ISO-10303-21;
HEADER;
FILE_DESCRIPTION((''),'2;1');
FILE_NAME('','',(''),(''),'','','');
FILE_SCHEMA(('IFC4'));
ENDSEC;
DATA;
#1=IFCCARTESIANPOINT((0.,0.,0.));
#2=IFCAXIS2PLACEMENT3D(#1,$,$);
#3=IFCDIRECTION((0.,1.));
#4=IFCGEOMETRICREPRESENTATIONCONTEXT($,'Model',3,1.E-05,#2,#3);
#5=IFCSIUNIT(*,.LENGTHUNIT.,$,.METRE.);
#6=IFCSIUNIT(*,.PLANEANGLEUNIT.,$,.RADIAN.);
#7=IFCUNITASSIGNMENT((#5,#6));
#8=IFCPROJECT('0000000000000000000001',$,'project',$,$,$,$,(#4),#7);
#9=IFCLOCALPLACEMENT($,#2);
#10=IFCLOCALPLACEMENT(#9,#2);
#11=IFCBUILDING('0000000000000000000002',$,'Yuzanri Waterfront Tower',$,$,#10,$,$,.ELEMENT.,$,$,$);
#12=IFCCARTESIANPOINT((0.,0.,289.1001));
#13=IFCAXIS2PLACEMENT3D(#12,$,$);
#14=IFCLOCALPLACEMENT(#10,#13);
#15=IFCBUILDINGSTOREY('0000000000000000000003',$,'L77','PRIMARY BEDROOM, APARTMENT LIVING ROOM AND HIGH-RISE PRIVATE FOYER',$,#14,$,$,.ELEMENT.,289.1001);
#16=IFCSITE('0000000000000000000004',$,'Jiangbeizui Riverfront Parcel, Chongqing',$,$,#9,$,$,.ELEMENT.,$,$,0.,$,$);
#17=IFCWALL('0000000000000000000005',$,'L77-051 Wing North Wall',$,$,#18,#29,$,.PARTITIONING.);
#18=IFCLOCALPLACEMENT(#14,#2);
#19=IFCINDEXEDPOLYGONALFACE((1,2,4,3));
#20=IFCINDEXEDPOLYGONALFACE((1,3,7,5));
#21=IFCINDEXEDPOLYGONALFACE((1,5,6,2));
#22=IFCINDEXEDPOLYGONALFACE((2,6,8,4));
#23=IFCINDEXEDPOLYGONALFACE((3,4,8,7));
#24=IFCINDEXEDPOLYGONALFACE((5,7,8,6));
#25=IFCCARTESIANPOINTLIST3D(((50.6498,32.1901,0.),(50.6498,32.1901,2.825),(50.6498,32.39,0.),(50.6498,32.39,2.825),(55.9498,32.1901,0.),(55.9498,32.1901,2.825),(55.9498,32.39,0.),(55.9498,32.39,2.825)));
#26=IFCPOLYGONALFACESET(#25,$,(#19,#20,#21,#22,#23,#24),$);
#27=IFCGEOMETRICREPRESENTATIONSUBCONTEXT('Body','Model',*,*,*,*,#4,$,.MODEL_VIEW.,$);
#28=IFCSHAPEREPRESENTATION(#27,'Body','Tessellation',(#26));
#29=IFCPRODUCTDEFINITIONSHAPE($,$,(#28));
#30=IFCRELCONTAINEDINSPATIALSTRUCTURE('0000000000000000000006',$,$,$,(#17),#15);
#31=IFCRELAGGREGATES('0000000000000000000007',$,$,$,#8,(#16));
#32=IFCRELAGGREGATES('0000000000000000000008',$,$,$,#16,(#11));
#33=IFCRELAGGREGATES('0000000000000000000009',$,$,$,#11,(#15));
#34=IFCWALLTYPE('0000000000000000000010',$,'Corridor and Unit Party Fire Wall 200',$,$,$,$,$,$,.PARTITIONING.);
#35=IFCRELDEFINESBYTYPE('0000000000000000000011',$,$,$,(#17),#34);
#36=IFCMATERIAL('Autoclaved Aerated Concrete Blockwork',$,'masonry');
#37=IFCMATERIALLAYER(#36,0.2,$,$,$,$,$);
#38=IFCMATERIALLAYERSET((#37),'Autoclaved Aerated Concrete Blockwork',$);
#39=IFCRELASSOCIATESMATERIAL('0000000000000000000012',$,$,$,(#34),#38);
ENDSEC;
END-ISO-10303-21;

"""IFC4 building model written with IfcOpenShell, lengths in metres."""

from ifc_helpers import new_model, si_unit, direction, frame, frame_2d, origin, place, context, subcontext, project, spatial, rectangle, extrude, source, transform, mapped, material, layer, layer_set, type_object, element, save


model = new_model("IFC4")

# Units and contexts
model_context = context("Model", 3, precision=1e-05, world=origin(), true_north=direction((0.0, 1.0)))
body_context = subcontext(model_context, "Body", "Model", "MODEL_VIEW")
ifc_project = project(units=[si_unit("LENGTHUNIT", "METRE"), si_unit("PLANEANGLEUNIT", "RADIAN")], contexts=[model_context])

# Site, building, storey
site_placement = place(None, origin())
site = spatial("IfcSite", under=ifc_project, at=site_placement, Name="Jiangbeizui Riverfront Parcel, Chongqing", CompositionType="ELEMENT", RefElevation=0.0)
building_placement = place(site_placement, origin())
building = spatial("IfcBuilding", under=site, at=building_placement, Name="Yuzanri Waterfront Tower", CompositionType="ELEMENT")
storey_placement = place(building_placement, frame((0.0, 0.0, 289.1001)))
storey = spatial("IfcBuildingStorey", under=building, at=storey_placement, Name="L77", Description="PRIMARY BEDROOM, APARTMENT LIVING ROOM AND HIGH-RISE PRIVATE FOYER", CompositionType="ELEMENT", Elevation=289.1001)

# Wall
ifc_material_1 = material(Name="Autoclaved Aerated Concrete Blockwork", Category="masonry")
ifc_layer_1 = layer(ifc_material_1, 0.2)
ifc_layer_set_1 = layer_set([ifc_layer_1], Name="Autoclaved Aerated Concrete Blockwork")
wall_type = type_object("IfcWallType", Name="Corridor and Unit Party Fire Wall 200", PredefinedType="PARTITIONING", material=ifc_layer_set_1)
shared_shape_1 = source(origin(), body_context, "Body", "SweptSolid", [
    extrude(rectangle(XDim=5.3, YDim=0.2, at=frame_2d((2.6499, 0.0))), origin(), (0.0, 0.0, 1.0), 2.825),
])
wall_placement = place(storey_placement, frame((50.6499, 32.29, 0.0), z_axis=(0.0, 0.0, 1.0), x_axis=(1.0, 0.0, 0.0)))
element("IfcWall", 1, at=wall_placement, inside=storey, type_object=wall_type, Name="L77-051 Wing North Wall", PredefinedType="PARTITIONING", context=body_context, shape_type="MappedRepresentation", body=[
    mapped(shared_shape_1, transform((0.0, 0.0, 0.0), scale=1.0)),
])

save(model, "model.ifc")
